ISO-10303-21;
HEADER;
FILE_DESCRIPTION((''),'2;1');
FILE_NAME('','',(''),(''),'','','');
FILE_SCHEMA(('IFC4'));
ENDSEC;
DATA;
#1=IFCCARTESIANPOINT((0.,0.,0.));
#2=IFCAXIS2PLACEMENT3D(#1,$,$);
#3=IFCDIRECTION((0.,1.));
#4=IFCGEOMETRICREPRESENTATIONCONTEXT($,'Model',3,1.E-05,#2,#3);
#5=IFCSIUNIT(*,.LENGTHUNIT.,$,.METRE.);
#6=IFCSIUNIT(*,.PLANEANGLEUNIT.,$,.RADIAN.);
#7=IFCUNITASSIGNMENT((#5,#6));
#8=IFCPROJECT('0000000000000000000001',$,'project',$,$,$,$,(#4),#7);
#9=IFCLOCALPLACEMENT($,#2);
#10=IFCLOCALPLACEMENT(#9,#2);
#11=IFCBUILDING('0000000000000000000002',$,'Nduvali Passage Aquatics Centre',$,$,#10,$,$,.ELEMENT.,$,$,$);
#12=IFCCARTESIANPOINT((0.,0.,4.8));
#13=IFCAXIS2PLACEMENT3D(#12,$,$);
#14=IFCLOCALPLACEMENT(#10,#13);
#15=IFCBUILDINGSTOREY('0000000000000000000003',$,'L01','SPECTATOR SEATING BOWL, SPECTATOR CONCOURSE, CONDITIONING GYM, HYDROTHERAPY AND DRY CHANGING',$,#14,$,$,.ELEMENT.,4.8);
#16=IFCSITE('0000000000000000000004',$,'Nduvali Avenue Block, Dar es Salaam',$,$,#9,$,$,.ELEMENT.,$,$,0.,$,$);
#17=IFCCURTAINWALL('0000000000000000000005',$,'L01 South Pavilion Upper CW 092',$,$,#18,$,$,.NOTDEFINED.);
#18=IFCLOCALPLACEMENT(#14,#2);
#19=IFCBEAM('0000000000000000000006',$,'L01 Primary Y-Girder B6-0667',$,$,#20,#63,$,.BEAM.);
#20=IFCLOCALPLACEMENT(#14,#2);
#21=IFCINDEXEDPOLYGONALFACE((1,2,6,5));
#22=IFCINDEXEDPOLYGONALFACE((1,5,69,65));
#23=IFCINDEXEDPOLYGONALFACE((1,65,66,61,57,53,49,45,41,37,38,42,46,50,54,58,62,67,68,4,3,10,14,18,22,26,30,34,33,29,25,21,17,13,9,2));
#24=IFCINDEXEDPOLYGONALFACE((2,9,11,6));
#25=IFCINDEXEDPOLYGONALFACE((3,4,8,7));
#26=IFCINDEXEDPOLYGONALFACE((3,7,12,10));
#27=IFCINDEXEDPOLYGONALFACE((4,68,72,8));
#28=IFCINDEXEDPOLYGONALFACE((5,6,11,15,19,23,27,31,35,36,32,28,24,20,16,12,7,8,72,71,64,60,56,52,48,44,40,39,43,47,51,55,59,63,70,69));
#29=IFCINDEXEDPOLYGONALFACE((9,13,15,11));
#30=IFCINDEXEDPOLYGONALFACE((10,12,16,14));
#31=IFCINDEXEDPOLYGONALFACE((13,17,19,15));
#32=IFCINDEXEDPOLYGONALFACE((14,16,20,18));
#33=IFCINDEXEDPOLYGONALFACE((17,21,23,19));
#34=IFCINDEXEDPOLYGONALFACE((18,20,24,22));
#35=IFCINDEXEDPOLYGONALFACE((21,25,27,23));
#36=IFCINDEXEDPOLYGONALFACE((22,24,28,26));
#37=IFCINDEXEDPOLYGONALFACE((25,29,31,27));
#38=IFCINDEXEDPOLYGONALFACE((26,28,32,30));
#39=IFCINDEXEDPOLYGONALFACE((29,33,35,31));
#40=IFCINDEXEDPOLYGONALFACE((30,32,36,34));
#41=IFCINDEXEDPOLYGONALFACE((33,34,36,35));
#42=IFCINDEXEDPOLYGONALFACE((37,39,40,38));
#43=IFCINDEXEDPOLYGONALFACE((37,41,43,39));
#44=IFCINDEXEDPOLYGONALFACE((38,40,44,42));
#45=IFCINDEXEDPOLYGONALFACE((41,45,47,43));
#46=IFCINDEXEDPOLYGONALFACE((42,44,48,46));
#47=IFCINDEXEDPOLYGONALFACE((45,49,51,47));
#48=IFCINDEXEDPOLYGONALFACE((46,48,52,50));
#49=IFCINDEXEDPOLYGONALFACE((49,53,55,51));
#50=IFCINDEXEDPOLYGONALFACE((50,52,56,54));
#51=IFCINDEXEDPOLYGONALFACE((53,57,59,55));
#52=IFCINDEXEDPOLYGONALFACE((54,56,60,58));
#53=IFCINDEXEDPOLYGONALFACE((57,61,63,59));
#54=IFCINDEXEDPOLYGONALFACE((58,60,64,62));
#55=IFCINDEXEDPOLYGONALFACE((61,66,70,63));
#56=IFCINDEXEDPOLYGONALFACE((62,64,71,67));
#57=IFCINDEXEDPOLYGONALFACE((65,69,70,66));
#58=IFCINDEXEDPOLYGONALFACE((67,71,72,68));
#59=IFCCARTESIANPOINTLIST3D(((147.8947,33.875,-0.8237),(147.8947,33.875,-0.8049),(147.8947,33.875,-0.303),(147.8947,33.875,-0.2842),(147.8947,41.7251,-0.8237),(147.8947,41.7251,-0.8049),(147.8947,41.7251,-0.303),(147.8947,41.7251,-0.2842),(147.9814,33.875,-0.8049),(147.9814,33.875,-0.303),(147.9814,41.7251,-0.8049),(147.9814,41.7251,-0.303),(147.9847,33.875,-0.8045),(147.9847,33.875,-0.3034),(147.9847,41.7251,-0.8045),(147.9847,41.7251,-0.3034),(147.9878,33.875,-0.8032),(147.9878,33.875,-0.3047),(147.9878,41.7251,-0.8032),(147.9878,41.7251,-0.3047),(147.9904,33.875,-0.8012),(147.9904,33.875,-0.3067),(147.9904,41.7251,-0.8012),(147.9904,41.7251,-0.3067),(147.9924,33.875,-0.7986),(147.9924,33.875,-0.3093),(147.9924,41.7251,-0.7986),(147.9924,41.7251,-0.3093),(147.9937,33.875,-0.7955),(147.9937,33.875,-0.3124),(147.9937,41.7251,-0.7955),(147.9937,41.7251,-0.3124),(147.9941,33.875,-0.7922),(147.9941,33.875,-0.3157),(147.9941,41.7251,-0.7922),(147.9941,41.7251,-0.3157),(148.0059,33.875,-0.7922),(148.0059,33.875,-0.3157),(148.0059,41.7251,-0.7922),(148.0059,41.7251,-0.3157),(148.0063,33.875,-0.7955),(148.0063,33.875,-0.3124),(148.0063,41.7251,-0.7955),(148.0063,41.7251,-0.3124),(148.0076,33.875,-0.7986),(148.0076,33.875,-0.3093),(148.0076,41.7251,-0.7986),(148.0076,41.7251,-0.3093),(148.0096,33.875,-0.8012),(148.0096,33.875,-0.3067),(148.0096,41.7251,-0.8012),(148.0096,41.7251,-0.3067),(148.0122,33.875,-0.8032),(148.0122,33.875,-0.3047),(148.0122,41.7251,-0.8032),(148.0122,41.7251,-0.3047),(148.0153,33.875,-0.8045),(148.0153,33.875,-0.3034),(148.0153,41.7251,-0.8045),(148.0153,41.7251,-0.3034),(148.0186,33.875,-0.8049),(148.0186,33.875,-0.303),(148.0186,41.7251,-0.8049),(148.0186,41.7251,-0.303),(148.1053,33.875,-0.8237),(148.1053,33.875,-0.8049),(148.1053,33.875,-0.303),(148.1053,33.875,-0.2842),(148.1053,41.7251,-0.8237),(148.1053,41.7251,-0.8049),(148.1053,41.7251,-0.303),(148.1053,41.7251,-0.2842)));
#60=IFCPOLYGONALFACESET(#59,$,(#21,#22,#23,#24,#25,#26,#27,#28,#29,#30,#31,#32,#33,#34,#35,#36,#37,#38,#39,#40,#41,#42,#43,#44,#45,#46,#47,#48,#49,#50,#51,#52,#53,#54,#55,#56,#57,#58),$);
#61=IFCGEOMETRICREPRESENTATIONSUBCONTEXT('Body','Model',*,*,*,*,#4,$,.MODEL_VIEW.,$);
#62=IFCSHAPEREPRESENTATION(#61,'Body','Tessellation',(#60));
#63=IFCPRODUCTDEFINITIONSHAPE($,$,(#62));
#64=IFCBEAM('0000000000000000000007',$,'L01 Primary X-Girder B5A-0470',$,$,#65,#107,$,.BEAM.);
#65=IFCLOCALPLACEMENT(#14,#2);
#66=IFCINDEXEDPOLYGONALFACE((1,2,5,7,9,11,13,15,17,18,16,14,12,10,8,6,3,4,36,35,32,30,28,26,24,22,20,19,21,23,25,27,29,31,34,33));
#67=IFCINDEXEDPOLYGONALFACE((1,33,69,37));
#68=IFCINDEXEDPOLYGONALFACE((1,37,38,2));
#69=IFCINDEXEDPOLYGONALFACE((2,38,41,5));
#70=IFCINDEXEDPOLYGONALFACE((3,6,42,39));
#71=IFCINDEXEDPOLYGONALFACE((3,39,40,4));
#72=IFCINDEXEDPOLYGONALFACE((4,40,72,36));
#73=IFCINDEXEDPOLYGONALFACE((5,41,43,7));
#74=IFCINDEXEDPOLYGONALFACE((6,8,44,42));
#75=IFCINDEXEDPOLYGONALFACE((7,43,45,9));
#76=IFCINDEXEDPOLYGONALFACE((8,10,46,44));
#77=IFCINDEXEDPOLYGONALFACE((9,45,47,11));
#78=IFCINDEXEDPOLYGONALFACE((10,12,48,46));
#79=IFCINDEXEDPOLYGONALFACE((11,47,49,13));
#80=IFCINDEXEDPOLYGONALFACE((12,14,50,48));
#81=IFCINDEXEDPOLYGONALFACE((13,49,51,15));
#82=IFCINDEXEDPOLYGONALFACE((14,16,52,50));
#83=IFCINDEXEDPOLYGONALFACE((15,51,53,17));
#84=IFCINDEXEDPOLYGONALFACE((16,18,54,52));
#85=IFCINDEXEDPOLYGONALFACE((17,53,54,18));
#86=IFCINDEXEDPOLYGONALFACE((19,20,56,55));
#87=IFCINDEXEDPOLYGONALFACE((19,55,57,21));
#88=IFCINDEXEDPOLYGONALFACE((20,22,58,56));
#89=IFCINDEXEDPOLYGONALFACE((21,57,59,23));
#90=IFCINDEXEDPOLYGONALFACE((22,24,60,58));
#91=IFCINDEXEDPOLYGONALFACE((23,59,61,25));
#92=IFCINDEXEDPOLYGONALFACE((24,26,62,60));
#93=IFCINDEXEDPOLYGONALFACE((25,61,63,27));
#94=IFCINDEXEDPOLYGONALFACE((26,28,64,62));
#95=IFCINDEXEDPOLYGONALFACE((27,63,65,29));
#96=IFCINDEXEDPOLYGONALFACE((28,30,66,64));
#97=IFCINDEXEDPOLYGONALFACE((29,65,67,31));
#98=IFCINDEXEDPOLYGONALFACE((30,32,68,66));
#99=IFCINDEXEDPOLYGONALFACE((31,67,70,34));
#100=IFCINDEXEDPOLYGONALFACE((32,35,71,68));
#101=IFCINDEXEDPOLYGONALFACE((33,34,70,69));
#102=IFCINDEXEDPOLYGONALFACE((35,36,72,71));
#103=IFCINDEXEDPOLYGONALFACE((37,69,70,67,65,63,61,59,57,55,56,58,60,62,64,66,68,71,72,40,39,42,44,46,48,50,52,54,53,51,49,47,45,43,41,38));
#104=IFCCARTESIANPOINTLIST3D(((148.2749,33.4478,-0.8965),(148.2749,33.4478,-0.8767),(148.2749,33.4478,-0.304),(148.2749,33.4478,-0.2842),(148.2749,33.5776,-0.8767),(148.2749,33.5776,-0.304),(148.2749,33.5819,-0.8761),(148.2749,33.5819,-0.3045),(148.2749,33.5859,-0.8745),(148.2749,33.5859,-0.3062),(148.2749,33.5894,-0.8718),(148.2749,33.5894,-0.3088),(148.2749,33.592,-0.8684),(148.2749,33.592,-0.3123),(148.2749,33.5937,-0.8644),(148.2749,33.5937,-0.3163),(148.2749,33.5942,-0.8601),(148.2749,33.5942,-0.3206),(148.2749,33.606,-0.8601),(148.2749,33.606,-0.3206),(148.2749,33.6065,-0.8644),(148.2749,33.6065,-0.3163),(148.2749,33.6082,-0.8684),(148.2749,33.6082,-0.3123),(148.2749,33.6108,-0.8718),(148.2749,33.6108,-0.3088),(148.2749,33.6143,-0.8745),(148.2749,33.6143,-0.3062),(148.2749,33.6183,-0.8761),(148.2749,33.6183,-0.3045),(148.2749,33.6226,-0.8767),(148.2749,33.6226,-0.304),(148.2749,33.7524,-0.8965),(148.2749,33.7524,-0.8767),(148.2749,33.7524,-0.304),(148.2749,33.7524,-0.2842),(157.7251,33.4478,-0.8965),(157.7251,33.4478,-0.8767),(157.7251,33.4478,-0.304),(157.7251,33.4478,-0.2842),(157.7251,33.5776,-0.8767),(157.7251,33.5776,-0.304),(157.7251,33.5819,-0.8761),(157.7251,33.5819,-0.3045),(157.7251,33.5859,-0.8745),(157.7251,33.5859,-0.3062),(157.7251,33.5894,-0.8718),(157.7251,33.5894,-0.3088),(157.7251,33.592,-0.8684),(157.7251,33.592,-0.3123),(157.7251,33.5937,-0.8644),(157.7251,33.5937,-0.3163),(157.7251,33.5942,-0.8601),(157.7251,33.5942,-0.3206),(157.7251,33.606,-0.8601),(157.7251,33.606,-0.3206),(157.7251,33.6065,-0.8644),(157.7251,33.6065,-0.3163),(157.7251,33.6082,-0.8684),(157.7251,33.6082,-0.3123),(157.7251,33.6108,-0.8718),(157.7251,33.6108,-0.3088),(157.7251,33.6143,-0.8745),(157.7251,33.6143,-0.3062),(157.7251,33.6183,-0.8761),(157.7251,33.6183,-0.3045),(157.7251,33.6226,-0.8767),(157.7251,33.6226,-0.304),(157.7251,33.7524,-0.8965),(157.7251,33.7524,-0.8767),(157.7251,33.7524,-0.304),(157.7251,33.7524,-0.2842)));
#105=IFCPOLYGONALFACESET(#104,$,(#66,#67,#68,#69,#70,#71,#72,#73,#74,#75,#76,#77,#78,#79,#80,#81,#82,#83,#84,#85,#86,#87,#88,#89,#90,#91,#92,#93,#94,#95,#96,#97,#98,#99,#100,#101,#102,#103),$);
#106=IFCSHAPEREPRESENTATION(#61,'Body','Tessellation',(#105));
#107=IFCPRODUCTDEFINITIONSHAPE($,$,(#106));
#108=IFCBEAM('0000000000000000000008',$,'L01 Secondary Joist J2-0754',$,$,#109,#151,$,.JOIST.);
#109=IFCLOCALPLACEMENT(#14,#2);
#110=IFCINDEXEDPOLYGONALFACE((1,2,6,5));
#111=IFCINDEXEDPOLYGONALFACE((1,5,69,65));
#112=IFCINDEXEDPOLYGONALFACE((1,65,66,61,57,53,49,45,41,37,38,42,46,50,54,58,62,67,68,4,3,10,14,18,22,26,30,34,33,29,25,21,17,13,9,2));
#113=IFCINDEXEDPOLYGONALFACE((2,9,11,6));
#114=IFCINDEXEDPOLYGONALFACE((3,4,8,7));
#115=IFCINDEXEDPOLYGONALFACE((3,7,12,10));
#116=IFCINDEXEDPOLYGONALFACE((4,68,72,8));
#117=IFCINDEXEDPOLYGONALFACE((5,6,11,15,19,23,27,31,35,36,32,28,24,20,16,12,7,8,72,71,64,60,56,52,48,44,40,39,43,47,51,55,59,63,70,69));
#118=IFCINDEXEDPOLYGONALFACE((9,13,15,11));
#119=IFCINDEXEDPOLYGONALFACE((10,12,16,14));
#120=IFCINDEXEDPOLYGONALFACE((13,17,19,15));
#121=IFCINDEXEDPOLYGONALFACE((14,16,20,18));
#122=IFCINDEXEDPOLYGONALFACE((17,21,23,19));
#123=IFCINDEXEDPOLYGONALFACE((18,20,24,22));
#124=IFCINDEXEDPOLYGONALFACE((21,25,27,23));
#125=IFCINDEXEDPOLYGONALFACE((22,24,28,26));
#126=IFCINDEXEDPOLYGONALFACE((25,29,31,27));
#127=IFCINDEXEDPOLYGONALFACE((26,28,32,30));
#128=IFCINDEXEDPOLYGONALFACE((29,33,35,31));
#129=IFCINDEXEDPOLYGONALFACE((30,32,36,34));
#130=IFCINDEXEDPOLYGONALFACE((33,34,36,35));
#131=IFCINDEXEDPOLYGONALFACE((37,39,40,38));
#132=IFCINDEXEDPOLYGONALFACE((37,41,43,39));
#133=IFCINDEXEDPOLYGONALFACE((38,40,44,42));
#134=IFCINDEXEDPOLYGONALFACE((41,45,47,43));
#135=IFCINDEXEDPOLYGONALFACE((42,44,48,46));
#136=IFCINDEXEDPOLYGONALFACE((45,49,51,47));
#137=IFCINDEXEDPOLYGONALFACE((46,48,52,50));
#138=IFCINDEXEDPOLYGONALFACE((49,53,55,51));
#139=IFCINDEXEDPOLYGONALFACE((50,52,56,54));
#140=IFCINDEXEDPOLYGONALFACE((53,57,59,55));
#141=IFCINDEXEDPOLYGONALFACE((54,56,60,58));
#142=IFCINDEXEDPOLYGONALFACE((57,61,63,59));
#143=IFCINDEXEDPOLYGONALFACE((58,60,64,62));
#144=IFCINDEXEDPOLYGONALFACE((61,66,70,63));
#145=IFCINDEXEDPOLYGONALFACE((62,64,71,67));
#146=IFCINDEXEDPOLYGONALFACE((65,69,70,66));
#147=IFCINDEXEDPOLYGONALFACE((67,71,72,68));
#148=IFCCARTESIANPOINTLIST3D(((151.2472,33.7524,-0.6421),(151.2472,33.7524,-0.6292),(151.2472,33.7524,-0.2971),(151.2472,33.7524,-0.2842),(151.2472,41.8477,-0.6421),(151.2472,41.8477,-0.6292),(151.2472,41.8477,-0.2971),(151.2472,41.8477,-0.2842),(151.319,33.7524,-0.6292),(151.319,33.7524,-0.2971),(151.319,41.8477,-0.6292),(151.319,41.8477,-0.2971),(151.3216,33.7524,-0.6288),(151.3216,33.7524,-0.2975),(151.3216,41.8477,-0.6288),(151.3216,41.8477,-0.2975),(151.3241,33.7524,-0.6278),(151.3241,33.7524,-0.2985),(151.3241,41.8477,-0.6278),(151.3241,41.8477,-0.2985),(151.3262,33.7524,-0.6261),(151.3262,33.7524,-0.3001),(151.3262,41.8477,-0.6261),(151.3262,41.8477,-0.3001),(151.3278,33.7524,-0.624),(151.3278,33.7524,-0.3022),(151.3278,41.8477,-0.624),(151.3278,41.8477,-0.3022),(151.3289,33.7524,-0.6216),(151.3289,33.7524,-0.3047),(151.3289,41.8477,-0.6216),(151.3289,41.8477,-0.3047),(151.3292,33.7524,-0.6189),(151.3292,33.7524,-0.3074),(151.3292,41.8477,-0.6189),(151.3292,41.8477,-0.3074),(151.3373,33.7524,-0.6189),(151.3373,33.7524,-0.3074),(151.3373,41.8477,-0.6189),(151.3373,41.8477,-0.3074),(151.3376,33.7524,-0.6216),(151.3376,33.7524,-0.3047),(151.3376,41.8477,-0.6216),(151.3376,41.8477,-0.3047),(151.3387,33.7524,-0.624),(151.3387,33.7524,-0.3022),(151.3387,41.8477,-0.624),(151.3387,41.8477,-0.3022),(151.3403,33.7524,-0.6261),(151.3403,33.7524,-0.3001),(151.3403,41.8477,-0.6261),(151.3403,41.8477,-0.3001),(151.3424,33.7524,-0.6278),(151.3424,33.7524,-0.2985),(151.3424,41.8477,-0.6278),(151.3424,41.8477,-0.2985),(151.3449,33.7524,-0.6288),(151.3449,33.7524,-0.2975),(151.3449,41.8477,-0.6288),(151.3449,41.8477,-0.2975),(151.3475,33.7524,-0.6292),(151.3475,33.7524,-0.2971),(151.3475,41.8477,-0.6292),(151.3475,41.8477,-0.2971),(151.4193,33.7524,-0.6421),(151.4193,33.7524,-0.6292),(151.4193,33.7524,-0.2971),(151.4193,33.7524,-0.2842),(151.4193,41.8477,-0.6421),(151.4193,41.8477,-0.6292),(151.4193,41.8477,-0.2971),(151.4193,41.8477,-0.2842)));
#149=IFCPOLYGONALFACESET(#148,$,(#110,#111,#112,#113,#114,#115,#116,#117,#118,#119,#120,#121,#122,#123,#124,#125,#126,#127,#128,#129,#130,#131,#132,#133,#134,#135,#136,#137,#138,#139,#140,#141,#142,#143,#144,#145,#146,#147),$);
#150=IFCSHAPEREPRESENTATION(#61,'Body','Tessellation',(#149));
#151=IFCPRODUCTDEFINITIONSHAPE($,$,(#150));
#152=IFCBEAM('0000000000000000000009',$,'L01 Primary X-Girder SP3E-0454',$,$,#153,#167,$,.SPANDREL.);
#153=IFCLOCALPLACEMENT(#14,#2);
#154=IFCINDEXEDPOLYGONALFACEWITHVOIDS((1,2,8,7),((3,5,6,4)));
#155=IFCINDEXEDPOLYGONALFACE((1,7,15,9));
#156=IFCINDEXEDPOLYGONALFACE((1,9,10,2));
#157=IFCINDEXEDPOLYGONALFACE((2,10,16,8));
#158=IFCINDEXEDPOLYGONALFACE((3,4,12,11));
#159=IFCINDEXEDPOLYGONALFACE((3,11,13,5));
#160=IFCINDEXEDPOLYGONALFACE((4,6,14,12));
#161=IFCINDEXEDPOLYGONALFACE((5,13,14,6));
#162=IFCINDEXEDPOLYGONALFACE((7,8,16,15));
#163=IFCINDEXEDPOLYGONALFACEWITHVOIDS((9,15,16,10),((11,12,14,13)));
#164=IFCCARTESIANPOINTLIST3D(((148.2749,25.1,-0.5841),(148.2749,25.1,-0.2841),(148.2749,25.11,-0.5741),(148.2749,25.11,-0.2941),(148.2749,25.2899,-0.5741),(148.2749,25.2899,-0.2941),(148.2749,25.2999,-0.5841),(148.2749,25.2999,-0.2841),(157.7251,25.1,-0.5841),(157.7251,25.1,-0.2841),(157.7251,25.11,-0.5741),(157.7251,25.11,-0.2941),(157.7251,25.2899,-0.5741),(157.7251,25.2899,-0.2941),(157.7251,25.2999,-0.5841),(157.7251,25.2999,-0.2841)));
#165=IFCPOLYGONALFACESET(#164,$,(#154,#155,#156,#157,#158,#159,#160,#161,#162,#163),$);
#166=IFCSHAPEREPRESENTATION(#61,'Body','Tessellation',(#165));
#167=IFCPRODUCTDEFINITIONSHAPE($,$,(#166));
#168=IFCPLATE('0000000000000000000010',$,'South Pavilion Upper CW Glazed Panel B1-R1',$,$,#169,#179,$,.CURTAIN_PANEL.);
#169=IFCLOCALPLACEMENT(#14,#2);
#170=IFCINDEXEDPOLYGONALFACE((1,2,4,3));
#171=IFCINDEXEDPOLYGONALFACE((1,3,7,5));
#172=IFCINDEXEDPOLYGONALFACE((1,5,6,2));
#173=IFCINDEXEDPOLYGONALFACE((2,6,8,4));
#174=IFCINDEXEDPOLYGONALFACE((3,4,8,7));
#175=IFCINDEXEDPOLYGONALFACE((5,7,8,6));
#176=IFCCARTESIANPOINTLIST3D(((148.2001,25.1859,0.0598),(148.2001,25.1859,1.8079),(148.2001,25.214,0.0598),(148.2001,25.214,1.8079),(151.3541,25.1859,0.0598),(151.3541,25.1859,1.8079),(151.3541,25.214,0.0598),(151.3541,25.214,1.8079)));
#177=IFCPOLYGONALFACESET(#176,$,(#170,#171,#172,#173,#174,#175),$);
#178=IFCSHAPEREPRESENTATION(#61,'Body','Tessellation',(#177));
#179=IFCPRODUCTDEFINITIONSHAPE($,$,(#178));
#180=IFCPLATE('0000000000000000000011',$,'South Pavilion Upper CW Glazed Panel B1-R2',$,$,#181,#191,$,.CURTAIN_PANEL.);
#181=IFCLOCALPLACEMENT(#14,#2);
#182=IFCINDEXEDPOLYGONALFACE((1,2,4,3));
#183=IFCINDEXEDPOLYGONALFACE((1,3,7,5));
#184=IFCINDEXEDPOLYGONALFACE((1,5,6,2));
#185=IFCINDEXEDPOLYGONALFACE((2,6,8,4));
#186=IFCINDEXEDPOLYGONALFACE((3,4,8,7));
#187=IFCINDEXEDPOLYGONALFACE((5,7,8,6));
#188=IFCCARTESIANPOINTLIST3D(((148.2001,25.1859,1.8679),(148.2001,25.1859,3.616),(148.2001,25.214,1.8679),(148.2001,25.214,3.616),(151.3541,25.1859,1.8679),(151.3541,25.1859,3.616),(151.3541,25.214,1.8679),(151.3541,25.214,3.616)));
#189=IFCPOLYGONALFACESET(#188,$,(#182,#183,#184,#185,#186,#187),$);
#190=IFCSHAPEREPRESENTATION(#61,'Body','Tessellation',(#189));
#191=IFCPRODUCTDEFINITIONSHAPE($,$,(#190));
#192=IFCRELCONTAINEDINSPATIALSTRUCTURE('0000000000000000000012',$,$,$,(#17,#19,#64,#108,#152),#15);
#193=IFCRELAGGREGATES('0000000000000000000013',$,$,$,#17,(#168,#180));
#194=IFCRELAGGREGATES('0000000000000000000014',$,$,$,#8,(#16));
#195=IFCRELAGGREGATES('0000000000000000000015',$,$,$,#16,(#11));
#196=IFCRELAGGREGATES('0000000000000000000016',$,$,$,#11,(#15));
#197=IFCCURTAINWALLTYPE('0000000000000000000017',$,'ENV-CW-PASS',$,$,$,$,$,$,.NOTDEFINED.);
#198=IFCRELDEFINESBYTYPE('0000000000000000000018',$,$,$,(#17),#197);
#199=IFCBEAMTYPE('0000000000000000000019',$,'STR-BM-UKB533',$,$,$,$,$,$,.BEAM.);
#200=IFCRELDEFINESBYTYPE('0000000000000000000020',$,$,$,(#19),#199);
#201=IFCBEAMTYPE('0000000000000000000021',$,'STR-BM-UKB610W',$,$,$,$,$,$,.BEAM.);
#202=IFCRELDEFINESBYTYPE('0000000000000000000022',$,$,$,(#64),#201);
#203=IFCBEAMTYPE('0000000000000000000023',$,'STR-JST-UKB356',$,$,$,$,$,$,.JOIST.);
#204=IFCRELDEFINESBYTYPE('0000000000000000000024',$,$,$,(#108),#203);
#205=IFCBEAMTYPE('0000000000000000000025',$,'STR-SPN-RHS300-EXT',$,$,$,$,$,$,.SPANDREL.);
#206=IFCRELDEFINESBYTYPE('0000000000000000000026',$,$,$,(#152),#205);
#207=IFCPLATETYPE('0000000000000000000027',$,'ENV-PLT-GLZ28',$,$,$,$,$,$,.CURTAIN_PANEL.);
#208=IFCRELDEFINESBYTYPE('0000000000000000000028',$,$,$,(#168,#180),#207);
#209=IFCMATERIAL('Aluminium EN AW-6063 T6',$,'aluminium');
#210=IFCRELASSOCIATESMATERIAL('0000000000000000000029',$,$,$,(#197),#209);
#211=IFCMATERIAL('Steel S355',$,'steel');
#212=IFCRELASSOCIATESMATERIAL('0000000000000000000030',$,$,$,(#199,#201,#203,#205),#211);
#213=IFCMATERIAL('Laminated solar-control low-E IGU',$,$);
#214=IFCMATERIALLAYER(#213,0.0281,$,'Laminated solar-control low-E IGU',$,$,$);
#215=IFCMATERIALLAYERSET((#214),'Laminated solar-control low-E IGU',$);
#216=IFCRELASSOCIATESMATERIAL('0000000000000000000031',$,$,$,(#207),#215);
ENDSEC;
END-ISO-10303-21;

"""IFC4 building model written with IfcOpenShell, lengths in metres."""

from ifc_helpers import new_model, si_unit, direction, frame, origin, origin_2d, place, context, subcontext, project, spatial, rectangle, hollow_rectangle, i_section, extrude, material, layer, layer_set, material_profile, profile_set, type_object, element, aggregate, save


model = new_model("IFC4")

# Units and contexts
model_context = context("Model", 3, precision=1e-05, world=origin(), true_north=direction((0.0, 1.0)))
body_context = subcontext(model_context, "Body", "Model", "MODEL_VIEW")
ifc_project = project(units=[si_unit("LENGTHUNIT", "METRE"), si_unit("PLANEANGLEUNIT", "RADIAN")], contexts=[model_context])

# Site, building, storey
site_placement = place(None, origin())
site = spatial("IfcSite", under=ifc_project, at=site_placement, Name="Nduvali Avenue Block, Dar es Salaam", CompositionType="ELEMENT", RefElevation=0.0)
building_placement = place(site_placement, origin())
building = spatial("IfcBuilding", under=site, at=building_placement, Name="Nduvali Passage Aquatics Centre", CompositionType="ELEMENT")
storey_placement = place(building_placement, frame((0.0, 0.0, 4.8)))
storey = spatial("IfcBuildingStorey", under=building, at=storey_placement, Name="L01", Description="SPECTATOR SEATING BOWL, SPECTATOR CONCOURSE, CONDITIONING GYM, HYDROTHERAPY AND DRY CHANGING", CompositionType="ELEMENT", Elevation=4.8)

# Shared definitions
ifc_material_1 = material(Name="Steel S355", Category="steel")

# Curtain wall
ifc_material_2 = material(Name="Aluminium EN AW-6063 T6", Category="aluminium")
curtain_wall_type = type_object("IfcCurtainWallType", Name="ENV-CW-PASS", PredefinedType="NOTDEFINED", material=ifc_material_2)
curtain_wall_placement = place(storey_placement, origin())
curtain_wall = element("IfcCurtainWall", 1, at=curtain_wall_placement, inside=storey, type_object=curtain_wall_type, Name="L01 South Pavilion Upper CW 092", PredefinedType="NOTDEFINED")

# Beams
ifc_material_profile_1 = material_profile(ifc_material_1, i_section(OverallWidth=0.2107, OverallDepth=0.5396, WebThickness=0.0117, FlangeThickness=0.0188, FilletRadius=0.0127, at=origin_2d()), Name="UKB 533x210x109")
ifc_profile_set_1 = profile_set([ifc_material_profile_1], Name="Steel S355")
beam_type_1 = type_object("IfcBeamType", Name="STR-BM-UKB533", PredefinedType="BEAM", material=ifc_profile_set_1)
beam_1_placement = place(storey_placement, frame((148.0, 33.875, -0.554), z_axis=(0.0, 1.0, 0.0), x_axis=(-1.0, 0.0, 0.0)))
element("IfcBeam", 2, at=beam_1_placement, inside=storey, type_object=beam_type_1, Name="L01 Primary Y-Girder B6-0667", PredefinedType="BEAM", context=body_context, shape_type="SweptSolid", body=[
    extrude(i_section(OverallWidth=0.2107, OverallDepth=0.5396, WebThickness=0.0117, FlangeThickness=0.0188, FilletRadius=0.0127, at=origin_2d()), origin(), (0.0, 0.0, 1.0), 7.8501),
])
ifc_material_profile_2 = material_profile(ifc_material_1, i_section(OverallWidth=0.3047, OverallDepth=0.6123, WebThickness=0.0117, FlangeThickness=0.0198, FilletRadius=0.0166, at=origin_2d()), Name="UKB 610x305x149")
ifc_profile_set_2 = profile_set([ifc_material_profile_2], Name="Steel S355")
beam_type_2 = type_object("IfcBeamType", Name="STR-BM-UKB610W", PredefinedType="BEAM", material=ifc_profile_set_2)
beam_2_placement = place(storey_placement, frame((148.2749, 33.6001, -0.5903), z_axis=(1.0, 0.0, 0.0), x_axis=(0.0, 1.0, 0.0)))
element("IfcBeam", 3, at=beam_2_placement, inside=storey, type_object=beam_type_2, Name="L01 Primary X-Girder B5A-0470", PredefinedType="BEAM", context=body_context, shape_type="SweptSolid", body=[
    extrude(i_section(OverallWidth=0.3047, OverallDepth=0.6123, WebThickness=0.0117, FlangeThickness=0.0198, FilletRadius=0.0166, at=origin_2d()), origin(), (0.0, 0.0, 1.0), 9.4502),
])
ifc_material_profile_3 = material_profile(ifc_material_1, i_section(OverallWidth=0.1721, OverallDepth=0.3579, WebThickness=0.0081, FlangeThickness=0.0129, FilletRadius=0.0103, at=origin_2d()), Name="UKB 356x171x57")
ifc_profile_set_3 = profile_set([ifc_material_profile_3], Name="Steel S355")
beam_type_3 = type_object("IfcBeamType", Name="STR-JST-UKB356", PredefinedType="JOIST", material=ifc_profile_set_3)
beam_3_placement = place(storey_placement, frame((151.3333, 33.7524, -0.4631), z_axis=(0.0, 1.0, 0.0), x_axis=(-1.0, 0.0, 0.0)))
element("IfcBeam", 4, at=beam_3_placement, inside=storey, type_object=beam_type_3, Name="L01 Secondary Joist J2-0754", PredefinedType="JOIST", context=body_context, shape_type="SweptSolid", body=[
    extrude(i_section(OverallWidth=0.1721, OverallDepth=0.3579, WebThickness=0.0081, FlangeThickness=0.0129, FilletRadius=0.0103, at=origin_2d()), origin(), (0.0, 0.0, 1.0), 8.0952),
])
ifc_material_profile_4 = material_profile(ifc_material_1, hollow_rectangle(XDim=0.2, YDim=0.3, WallThickness=0.01, at=origin_2d()), Name="RHS 300x200x10.0")
ifc_profile_set_4 = profile_set([ifc_material_profile_4], Name="Steel S355")
beam_type_4 = type_object("IfcBeamType", Name="STR-SPN-RHS300-EXT", PredefinedType="SPANDREL", material=ifc_profile_set_4)
beam_4_placement = place(storey_placement, frame((148.2749, 25.2, -0.4341), z_axis=(1.0, 0.0, 0.0), x_axis=(0.0, 1.0, 0.0)))
element("IfcBeam", 5, at=beam_4_placement, inside=storey, type_object=beam_type_4, Name="L01 Primary X-Girder SP3E-0454", PredefinedType="SPANDREL", context=body_context, shape_type="SweptSolid", body=[
    extrude(hollow_rectangle(XDim=0.2, YDim=0.3, WallThickness=0.01, at=origin_2d()), origin(), (0.0, 0.0, 1.0), 9.4502),
])

# Plates
ifc_material_3 = material(Name="Laminated solar-control low-E IGU")
ifc_layer_1 = layer(ifc_material_3, 0.0281, Name="Laminated solar-control low-E IGU")
ifc_layer_set_1 = layer_set([ifc_layer_1], Name="Laminated solar-control low-E IGU")
plate_type = type_object("IfcPlateType", Name="ENV-PLT-GLZ28", PredefinedType="CURTAIN_PANEL", material=ifc_layer_set_1)
plate_1_placement = place(storey_placement, frame((149.7771, 25.2, 0.0598), z_axis=(0.0, 0.0, 1.0), x_axis=(1.0, 0.0, 0.0)))
plate_1 = element("IfcPlate", 6, at=plate_1_placement, type_object=plate_type, Name="South Pavilion Upper CW Glazed Panel B1-R1", PredefinedType="CURTAIN_PANEL", context=body_context, shape_type="SweptSolid", body=[
    extrude(rectangle(XDim=3.1541, YDim=0.0281, at=origin_2d()), origin(), (0.0, 0.0, 1.0), 1.748),
])
plate_2_placement = place(storey_placement, frame((149.7771, 25.2, 1.8679), z_axis=(0.0, 0.0, 1.0), x_axis=(1.0, 0.0, 0.0)))
plate_2 = element("IfcPlate", 7, at=plate_2_placement, type_object=plate_type, Name="South Pavilion Upper CW Glazed Panel B1-R2", PredefinedType="CURTAIN_PANEL", context=body_context, shape_type="SweptSolid", body=[
    extrude(rectangle(XDim=3.1541, YDim=0.0281, at=origin_2d()), origin(), (0.0, 0.0, 1.0), 1.748),
])
aggregate(curtain_wall, [plate_1, plate_2])

save(model, "model.ifc")
